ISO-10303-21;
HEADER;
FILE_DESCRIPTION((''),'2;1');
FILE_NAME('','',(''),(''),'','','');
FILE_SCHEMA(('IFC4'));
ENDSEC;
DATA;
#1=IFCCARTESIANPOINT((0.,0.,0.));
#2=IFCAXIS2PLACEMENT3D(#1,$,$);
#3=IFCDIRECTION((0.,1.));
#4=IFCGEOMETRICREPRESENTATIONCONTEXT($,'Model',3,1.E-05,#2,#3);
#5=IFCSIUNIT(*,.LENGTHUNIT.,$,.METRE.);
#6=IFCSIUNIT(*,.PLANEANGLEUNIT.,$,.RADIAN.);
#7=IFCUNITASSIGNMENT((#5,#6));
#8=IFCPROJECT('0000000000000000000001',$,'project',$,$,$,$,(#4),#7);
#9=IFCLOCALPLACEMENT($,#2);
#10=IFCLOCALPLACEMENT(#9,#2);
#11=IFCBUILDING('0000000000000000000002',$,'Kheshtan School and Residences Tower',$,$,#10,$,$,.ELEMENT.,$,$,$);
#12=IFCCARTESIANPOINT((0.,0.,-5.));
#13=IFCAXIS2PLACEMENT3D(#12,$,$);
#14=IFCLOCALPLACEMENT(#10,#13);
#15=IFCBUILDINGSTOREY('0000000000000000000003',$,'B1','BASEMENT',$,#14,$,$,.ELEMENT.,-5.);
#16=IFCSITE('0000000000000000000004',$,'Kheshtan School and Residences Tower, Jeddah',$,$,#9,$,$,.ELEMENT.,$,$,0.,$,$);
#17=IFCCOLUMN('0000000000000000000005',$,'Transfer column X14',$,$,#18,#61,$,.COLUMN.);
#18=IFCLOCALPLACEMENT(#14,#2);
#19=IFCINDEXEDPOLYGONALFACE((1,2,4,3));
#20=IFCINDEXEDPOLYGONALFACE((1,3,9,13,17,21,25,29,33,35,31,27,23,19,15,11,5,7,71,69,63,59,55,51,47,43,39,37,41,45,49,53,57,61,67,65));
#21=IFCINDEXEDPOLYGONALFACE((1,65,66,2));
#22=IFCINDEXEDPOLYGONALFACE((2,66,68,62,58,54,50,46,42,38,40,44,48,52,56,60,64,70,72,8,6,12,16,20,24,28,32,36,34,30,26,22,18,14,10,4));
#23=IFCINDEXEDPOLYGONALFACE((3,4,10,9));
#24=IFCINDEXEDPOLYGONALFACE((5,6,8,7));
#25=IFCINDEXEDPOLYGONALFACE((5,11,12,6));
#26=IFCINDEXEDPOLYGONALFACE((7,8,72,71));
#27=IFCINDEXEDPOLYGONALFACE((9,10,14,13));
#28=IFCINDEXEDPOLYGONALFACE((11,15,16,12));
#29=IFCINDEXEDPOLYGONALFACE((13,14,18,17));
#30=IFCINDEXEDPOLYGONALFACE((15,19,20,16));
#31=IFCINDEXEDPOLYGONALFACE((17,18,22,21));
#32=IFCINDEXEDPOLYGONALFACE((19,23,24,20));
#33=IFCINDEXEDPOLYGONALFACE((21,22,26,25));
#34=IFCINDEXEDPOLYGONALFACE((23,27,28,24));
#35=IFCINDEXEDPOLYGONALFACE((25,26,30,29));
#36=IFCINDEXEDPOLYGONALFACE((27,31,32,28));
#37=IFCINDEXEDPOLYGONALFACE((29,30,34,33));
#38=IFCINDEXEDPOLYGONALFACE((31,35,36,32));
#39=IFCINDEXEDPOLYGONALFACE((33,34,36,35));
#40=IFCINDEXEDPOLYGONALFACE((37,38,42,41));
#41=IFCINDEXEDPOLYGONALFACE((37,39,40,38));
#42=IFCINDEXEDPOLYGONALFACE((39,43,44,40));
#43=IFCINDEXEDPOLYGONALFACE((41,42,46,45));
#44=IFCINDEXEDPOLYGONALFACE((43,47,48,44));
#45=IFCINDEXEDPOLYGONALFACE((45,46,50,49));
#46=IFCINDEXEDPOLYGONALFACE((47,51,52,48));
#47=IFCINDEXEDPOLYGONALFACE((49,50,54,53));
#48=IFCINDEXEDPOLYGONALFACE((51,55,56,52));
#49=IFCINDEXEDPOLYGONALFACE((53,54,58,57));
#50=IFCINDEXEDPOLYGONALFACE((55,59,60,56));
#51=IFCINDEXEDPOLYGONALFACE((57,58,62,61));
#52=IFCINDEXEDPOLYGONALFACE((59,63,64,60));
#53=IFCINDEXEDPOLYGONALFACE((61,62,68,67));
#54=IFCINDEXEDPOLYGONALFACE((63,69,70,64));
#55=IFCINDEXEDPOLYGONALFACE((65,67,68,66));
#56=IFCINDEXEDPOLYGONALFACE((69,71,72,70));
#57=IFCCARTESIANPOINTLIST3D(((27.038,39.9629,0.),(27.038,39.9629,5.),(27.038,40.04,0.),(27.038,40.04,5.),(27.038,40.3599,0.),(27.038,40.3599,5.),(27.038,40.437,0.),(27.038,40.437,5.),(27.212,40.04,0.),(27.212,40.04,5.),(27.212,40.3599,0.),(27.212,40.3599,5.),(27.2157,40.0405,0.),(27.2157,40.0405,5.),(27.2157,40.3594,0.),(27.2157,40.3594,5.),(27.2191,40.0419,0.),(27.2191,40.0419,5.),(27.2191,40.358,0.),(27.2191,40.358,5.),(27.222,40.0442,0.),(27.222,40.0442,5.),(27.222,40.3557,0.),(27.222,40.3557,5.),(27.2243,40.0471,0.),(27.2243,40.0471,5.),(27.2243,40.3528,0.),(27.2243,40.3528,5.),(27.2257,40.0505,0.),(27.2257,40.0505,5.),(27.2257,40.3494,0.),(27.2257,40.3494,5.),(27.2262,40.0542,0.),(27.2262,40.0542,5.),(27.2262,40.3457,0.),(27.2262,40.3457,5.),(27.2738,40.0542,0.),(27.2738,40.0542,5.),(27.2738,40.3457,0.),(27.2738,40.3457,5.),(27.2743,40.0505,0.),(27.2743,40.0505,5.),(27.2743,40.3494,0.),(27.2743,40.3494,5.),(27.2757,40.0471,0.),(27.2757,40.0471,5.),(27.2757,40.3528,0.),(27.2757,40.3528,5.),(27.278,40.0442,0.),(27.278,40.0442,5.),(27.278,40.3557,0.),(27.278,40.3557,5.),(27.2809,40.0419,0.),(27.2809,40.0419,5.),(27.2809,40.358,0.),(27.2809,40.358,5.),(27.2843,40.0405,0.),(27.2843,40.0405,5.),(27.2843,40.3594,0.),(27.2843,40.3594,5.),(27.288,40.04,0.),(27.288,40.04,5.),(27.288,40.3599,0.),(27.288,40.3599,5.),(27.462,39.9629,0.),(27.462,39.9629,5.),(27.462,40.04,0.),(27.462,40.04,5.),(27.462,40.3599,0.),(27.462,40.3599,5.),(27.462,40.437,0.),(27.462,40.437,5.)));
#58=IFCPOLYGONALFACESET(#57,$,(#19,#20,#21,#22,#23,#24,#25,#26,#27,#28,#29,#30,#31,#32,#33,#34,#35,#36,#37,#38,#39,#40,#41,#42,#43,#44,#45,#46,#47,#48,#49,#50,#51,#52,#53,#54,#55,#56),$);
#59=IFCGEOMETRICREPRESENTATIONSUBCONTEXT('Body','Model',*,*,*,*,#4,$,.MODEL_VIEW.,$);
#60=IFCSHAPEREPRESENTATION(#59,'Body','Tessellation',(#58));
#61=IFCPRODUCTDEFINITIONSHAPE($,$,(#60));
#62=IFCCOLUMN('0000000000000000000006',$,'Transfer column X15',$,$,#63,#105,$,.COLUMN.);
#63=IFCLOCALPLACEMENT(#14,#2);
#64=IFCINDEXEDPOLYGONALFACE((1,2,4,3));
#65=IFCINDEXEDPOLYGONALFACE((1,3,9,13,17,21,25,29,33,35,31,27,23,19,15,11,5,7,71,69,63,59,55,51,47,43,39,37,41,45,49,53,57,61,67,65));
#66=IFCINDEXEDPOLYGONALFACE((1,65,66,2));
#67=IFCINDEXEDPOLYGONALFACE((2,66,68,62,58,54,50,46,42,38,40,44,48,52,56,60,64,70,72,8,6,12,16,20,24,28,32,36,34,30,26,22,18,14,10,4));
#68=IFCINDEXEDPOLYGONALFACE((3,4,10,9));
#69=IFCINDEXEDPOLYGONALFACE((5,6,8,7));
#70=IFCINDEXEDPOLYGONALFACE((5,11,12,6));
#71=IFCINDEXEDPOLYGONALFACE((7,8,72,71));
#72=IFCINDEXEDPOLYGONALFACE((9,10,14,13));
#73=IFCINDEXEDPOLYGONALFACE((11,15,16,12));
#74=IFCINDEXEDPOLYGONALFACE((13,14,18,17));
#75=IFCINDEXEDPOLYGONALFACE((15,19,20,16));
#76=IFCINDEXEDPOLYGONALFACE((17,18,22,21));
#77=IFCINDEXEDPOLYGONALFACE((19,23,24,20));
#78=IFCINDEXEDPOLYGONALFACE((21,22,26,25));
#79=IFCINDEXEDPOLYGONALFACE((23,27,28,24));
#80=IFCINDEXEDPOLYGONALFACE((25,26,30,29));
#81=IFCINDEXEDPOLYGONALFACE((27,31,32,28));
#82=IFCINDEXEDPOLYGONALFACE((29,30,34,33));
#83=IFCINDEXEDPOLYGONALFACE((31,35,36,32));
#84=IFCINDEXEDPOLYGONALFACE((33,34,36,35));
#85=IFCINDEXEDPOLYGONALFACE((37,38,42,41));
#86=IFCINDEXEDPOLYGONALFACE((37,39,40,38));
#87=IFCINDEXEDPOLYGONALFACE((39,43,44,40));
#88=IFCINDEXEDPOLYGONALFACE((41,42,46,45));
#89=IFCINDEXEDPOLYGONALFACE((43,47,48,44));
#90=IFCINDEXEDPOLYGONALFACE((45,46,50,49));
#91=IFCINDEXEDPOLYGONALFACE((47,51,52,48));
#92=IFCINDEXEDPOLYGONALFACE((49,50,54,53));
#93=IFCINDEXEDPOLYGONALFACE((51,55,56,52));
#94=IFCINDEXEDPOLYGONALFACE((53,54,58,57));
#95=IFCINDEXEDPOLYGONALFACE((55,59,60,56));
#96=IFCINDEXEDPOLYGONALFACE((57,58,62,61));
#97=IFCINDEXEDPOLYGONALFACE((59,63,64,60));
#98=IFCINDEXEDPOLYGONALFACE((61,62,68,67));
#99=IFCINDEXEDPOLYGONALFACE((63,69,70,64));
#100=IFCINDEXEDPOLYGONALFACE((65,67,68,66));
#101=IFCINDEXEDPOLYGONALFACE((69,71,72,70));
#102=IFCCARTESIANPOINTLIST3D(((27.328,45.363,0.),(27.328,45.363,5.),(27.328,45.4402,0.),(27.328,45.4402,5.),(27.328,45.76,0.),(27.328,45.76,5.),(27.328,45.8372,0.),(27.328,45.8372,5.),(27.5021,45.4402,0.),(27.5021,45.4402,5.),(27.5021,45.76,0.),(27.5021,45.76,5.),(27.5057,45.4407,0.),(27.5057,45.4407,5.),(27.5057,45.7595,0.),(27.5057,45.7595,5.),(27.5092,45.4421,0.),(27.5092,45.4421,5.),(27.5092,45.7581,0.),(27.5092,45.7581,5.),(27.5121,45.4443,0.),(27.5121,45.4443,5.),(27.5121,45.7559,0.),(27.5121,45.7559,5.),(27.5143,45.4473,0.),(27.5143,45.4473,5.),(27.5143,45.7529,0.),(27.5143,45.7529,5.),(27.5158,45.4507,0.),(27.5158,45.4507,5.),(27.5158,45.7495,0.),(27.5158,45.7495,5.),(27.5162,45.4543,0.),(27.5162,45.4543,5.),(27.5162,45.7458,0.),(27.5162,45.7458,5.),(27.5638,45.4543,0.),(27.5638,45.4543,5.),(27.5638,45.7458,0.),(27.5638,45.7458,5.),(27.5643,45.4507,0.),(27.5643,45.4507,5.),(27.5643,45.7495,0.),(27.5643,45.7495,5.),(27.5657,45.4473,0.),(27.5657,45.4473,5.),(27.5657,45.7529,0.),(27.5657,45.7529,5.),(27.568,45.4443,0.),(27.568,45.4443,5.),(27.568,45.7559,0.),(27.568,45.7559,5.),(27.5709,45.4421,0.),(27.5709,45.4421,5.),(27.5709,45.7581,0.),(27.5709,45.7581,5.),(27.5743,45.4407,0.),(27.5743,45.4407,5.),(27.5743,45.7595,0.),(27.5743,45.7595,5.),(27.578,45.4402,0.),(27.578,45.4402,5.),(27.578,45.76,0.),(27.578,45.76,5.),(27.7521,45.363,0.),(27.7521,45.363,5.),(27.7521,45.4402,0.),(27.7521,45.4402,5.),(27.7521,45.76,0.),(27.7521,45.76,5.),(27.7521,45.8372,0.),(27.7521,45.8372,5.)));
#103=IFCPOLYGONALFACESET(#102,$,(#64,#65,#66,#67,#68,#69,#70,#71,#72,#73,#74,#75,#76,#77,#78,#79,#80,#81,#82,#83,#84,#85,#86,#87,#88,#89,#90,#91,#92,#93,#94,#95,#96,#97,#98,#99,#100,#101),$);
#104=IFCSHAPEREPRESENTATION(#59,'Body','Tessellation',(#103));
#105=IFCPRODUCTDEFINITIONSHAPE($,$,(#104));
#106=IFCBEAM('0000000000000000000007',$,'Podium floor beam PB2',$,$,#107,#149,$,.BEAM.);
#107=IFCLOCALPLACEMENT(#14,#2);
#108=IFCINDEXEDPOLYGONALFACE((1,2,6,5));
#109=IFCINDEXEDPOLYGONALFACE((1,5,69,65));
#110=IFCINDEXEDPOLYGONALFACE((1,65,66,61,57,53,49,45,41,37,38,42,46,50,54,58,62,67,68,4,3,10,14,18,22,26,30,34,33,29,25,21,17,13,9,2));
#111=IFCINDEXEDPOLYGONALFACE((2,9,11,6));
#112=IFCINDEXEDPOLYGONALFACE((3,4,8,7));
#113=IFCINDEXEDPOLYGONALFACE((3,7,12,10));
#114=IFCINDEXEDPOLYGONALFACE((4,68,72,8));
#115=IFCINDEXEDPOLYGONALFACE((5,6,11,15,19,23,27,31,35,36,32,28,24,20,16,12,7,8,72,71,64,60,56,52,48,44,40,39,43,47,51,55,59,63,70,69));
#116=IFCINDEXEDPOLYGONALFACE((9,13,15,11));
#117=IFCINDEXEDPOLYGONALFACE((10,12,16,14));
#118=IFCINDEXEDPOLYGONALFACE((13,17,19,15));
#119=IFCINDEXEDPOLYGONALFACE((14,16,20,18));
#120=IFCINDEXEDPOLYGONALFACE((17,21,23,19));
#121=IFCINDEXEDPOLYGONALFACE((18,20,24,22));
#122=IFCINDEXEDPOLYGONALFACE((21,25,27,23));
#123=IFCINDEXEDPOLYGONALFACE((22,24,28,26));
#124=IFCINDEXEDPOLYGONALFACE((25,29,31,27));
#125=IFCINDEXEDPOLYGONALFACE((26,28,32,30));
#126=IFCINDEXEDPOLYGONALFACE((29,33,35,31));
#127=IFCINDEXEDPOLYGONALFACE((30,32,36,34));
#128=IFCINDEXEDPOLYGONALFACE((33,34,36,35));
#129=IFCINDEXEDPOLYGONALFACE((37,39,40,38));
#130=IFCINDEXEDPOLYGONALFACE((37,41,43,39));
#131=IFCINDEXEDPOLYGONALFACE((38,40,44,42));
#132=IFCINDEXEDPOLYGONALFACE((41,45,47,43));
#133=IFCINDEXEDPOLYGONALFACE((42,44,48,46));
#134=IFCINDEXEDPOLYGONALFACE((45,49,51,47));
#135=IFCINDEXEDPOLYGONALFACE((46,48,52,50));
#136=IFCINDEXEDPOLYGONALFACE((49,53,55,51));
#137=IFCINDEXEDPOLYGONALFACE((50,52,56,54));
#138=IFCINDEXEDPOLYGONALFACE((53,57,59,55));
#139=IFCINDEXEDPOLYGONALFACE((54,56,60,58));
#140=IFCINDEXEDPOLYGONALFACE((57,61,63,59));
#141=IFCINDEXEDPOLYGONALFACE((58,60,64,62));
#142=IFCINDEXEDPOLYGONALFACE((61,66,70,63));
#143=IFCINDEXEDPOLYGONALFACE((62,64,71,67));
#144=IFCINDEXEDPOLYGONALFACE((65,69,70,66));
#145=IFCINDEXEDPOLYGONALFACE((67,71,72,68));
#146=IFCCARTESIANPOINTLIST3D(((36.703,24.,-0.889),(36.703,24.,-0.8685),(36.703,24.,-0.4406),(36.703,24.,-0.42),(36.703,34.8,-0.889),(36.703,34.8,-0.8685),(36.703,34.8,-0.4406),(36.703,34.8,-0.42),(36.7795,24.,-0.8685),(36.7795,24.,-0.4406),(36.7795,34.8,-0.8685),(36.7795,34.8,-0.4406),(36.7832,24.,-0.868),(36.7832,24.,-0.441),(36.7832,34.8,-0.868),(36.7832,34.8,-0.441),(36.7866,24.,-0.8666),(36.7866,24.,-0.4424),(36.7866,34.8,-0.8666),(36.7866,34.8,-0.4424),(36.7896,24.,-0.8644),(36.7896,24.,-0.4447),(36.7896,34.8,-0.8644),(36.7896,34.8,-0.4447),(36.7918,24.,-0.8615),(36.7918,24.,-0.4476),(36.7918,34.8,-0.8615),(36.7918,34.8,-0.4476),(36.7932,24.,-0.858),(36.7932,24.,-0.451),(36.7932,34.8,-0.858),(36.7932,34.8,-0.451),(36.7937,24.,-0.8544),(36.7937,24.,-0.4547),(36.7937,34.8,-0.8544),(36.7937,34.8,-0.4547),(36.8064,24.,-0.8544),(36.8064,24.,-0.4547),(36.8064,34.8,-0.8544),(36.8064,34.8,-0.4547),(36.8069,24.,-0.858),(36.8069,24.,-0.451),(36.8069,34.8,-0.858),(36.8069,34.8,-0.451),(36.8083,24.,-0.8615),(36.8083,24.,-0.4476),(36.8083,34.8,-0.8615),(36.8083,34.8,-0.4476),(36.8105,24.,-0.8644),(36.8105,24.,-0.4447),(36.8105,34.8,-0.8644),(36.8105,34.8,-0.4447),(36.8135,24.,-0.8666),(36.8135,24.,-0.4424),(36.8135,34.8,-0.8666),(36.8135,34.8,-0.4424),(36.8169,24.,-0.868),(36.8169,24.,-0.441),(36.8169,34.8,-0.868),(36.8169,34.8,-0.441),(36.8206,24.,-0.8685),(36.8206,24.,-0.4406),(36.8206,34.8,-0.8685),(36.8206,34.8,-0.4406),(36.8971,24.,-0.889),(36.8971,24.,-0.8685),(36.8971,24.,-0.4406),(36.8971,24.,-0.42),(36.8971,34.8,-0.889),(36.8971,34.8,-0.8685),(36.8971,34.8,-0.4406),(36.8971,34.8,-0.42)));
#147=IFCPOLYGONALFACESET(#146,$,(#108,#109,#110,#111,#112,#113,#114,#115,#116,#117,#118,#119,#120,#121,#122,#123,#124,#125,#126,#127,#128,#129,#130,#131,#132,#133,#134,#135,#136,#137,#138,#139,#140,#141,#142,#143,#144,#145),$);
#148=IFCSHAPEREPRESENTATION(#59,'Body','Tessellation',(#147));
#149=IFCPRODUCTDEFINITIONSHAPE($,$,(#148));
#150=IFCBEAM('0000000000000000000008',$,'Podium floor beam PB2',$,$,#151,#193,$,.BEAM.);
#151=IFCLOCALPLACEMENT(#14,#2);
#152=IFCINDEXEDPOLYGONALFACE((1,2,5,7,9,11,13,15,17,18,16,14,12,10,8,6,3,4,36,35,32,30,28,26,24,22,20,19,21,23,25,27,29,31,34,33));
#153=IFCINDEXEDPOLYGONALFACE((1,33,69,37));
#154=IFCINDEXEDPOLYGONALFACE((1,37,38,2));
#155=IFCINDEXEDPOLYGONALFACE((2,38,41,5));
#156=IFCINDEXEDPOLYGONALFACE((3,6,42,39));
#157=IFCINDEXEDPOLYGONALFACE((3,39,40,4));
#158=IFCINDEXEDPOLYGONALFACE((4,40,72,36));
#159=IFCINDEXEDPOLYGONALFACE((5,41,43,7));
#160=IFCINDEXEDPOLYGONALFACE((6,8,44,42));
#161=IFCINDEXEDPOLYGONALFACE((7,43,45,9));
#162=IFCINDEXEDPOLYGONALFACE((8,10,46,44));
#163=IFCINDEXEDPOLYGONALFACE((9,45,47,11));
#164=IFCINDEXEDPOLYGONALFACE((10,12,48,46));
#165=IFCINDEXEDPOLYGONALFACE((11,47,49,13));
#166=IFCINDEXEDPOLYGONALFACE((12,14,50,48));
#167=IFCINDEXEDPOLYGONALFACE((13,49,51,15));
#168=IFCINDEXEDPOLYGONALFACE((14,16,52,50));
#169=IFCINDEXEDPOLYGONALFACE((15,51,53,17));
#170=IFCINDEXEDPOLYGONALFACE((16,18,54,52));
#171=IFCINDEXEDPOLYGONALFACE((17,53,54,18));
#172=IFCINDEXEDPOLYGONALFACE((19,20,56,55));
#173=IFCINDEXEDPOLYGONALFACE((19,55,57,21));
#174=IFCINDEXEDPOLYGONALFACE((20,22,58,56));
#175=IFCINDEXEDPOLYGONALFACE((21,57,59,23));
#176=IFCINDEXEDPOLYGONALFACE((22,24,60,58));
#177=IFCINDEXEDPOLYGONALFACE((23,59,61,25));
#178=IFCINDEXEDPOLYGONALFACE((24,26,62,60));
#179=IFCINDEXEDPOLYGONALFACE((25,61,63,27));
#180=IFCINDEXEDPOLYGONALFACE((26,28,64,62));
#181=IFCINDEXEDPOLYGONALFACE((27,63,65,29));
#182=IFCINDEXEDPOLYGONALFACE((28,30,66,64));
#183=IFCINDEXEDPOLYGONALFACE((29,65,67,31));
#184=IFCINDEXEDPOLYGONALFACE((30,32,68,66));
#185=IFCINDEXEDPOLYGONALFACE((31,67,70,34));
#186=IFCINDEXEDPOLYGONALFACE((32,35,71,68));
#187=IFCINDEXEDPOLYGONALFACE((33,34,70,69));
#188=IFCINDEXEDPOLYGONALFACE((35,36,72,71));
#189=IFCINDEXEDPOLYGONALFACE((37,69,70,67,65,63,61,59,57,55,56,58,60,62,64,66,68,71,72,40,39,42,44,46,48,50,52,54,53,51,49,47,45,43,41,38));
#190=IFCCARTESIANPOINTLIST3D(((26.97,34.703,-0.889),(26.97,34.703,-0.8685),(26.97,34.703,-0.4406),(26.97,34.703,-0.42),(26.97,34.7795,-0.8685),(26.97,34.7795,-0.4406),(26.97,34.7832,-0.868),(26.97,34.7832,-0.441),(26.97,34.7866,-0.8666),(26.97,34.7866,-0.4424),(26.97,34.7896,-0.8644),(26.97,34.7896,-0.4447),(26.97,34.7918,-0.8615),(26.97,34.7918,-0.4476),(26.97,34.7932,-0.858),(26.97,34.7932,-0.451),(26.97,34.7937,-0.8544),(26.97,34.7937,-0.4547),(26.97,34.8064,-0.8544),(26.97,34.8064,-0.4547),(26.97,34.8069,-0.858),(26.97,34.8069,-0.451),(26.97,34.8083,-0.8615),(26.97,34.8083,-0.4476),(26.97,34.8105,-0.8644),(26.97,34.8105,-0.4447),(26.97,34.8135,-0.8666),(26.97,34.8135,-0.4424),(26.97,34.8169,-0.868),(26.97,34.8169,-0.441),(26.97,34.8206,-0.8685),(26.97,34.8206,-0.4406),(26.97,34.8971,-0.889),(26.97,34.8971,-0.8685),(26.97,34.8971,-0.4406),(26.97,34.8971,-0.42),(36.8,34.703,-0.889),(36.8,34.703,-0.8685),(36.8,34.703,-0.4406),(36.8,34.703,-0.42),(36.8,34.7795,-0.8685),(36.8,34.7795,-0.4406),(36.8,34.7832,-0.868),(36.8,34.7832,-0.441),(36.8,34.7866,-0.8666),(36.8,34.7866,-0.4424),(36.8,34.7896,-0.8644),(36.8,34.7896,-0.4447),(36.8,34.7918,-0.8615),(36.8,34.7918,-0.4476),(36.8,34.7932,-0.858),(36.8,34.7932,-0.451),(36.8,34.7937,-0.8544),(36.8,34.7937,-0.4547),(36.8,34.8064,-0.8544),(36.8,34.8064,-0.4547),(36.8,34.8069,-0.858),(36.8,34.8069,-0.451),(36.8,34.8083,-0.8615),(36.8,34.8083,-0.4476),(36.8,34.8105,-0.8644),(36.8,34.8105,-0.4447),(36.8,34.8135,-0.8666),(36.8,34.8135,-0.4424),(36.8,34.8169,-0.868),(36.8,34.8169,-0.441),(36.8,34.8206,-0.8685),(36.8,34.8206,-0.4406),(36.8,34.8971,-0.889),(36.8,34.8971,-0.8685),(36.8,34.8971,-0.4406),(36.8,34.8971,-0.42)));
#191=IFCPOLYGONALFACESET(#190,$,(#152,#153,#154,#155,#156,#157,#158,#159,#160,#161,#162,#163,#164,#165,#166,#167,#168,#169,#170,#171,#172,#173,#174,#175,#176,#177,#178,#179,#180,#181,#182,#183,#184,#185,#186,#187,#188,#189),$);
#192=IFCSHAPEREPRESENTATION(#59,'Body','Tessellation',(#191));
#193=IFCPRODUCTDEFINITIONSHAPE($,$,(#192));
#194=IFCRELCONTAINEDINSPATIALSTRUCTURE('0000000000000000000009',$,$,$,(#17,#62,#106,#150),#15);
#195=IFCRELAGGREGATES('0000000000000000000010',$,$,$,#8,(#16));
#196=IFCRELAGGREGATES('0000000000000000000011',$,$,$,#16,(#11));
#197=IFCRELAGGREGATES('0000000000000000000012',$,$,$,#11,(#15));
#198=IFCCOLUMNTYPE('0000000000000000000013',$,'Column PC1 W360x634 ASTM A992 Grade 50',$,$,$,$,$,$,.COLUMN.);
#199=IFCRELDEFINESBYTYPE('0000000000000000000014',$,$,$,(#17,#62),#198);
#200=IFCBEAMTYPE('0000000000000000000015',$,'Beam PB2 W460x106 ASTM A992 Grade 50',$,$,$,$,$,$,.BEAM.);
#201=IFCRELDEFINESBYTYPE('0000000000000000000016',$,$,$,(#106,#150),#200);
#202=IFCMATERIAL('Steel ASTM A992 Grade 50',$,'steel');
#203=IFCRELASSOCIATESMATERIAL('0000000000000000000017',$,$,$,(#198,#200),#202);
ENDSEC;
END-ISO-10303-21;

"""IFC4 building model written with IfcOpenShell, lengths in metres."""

from ifc_helpers import new_model, si_unit, direction, frame, origin, origin_2d, place, context, subcontext, project, spatial, i_section, extrude, material, material_profile, profile_set, type_object, element, save


model = new_model("IFC4")

# Units and contexts
model_context = context("Model", 3, precision=1e-05, world=origin(), true_north=direction((0.0, 1.0)))
body_context = subcontext(model_context, "Body", "Model", "MODEL_VIEW")
ifc_project = project(units=[si_unit("LENGTHUNIT", "METRE"), si_unit("PLANEANGLEUNIT", "RADIAN")], contexts=[model_context])

# Site, building, storey
site_placement = place(None, origin())
site = spatial("IfcSite", under=ifc_project, at=site_placement, Name="Kheshtan School and Residences Tower, Jeddah", CompositionType="ELEMENT", RefElevation=0.0)
building_placement = place(site_placement, origin())
building = spatial("IfcBuilding", under=site, at=building_placement, Name="Kheshtan School and Residences Tower", CompositionType="ELEMENT")
storey_placement = place(building_placement, frame((0.0, 0.0, -5.0)))
storey = spatial("IfcBuildingStorey", under=building, at=storey_placement, Name="B1", Description="BASEMENT", CompositionType="ELEMENT", Elevation=-5.0)

# Columns
ifc_material_1 = material(Name="Steel ASTM A992 Grade 50", Category="steel")
ifc_material_profile_1 = material_profile(ifc_material_1, i_section(OverallWidth=0.4241, OverallDepth=0.4741, WebThickness=0.0476, FlangeThickness=0.0771, FilletRadius=0.0142, at=origin_2d()), Name="W360x634")
ifc_profile_set_1 = profile_set([ifc_material_profile_1], Name="Steel ASTM A992 Grade 50")
column_type = type_object("IfcColumnType", Name="Column PC1 W360x634 ASTM A992 Grade 50", PredefinedType="COLUMN", material=ifc_profile_set_1)
for number, where, z_axis, x_axis, name in (
    (1, (27.25, 40.2, 0.0), (0.0, 0.0, 1.0), (1.0, 0.0, 0.0), "Transfer column X14"),
    (2, (27.54, 45.6001, 0.0), (0.0, 0.0, 1.0), (1.0, 0.0, 0.0), "Transfer column X15"),
):
    element("IfcColumn", number, at=place(storey_placement, frame(where, z_axis=z_axis, x_axis=x_axis)), inside=storey, type_object=column_type, Name=name, PredefinedType="COLUMN", context=body_context, shape_type="SweptSolid", body=[
        extrude(i_section(OverallWidth=0.4241, OverallDepth=0.4741, WebThickness=0.0476, FlangeThickness=0.0771, FilletRadius=0.0142, at=origin_2d()), origin(), (0.0, 0.0, 1.0), 5.0),
    ])

# Beams
ifc_material_profile_2 = material_profile(ifc_material_1, i_section(OverallWidth=0.1941, OverallDepth=0.469, WebThickness=0.0127, FlangeThickness=0.0205, FilletRadius=0.0142, at=origin_2d()), Name="W460x106")
ifc_profile_set_2 = profile_set([ifc_material_profile_2], Name="Steel ASTM A992 Grade 50")
beam_type = type_object("IfcBeamType", Name="Beam PB2 W460x106 ASTM A992 Grade 50", PredefinedType="BEAM", material=ifc_profile_set_2)
beam_1_placement = place(storey_placement, frame((36.8, 24.0, -0.6545), z_axis=(0.0, 1.0, 0.0), x_axis=(-1.0, 0.0, 0.0)))
element("IfcBeam", 3, at=beam_1_placement, inside=storey, type_object=beam_type, Name="Podium floor beam PB2", PredefinedType="BEAM", context=body_context, shape_type="SweptSolid", body=[
    extrude(i_section(OverallWidth=0.1941, OverallDepth=0.469, WebThickness=0.0127, FlangeThickness=0.0205, FilletRadius=0.0142, at=origin_2d()), origin(), (0.0, 0.0, 1.0), 10.8),
])
beam_2_placement = place(storey_placement, frame((26.97, 34.8, -0.6545), z_axis=(1.0, 0.0, 0.0), x_axis=(0.0, 1.0, 0.0)))
element("IfcBeam", 4, at=beam_2_placement, inside=storey, type_object=beam_type, Name="Podium floor beam PB2", PredefinedType="BEAM", context=body_context, shape_type="SweptSolid", body=[
    extrude(i_section(OverallWidth=0.1941, OverallDepth=0.469, WebThickness=0.0127, FlangeThickness=0.0205, FilletRadius=0.0142, at=origin_2d()), origin(), (0.0, 0.0, 1.0), 9.8301),
])

save(model, "model.ifc")
